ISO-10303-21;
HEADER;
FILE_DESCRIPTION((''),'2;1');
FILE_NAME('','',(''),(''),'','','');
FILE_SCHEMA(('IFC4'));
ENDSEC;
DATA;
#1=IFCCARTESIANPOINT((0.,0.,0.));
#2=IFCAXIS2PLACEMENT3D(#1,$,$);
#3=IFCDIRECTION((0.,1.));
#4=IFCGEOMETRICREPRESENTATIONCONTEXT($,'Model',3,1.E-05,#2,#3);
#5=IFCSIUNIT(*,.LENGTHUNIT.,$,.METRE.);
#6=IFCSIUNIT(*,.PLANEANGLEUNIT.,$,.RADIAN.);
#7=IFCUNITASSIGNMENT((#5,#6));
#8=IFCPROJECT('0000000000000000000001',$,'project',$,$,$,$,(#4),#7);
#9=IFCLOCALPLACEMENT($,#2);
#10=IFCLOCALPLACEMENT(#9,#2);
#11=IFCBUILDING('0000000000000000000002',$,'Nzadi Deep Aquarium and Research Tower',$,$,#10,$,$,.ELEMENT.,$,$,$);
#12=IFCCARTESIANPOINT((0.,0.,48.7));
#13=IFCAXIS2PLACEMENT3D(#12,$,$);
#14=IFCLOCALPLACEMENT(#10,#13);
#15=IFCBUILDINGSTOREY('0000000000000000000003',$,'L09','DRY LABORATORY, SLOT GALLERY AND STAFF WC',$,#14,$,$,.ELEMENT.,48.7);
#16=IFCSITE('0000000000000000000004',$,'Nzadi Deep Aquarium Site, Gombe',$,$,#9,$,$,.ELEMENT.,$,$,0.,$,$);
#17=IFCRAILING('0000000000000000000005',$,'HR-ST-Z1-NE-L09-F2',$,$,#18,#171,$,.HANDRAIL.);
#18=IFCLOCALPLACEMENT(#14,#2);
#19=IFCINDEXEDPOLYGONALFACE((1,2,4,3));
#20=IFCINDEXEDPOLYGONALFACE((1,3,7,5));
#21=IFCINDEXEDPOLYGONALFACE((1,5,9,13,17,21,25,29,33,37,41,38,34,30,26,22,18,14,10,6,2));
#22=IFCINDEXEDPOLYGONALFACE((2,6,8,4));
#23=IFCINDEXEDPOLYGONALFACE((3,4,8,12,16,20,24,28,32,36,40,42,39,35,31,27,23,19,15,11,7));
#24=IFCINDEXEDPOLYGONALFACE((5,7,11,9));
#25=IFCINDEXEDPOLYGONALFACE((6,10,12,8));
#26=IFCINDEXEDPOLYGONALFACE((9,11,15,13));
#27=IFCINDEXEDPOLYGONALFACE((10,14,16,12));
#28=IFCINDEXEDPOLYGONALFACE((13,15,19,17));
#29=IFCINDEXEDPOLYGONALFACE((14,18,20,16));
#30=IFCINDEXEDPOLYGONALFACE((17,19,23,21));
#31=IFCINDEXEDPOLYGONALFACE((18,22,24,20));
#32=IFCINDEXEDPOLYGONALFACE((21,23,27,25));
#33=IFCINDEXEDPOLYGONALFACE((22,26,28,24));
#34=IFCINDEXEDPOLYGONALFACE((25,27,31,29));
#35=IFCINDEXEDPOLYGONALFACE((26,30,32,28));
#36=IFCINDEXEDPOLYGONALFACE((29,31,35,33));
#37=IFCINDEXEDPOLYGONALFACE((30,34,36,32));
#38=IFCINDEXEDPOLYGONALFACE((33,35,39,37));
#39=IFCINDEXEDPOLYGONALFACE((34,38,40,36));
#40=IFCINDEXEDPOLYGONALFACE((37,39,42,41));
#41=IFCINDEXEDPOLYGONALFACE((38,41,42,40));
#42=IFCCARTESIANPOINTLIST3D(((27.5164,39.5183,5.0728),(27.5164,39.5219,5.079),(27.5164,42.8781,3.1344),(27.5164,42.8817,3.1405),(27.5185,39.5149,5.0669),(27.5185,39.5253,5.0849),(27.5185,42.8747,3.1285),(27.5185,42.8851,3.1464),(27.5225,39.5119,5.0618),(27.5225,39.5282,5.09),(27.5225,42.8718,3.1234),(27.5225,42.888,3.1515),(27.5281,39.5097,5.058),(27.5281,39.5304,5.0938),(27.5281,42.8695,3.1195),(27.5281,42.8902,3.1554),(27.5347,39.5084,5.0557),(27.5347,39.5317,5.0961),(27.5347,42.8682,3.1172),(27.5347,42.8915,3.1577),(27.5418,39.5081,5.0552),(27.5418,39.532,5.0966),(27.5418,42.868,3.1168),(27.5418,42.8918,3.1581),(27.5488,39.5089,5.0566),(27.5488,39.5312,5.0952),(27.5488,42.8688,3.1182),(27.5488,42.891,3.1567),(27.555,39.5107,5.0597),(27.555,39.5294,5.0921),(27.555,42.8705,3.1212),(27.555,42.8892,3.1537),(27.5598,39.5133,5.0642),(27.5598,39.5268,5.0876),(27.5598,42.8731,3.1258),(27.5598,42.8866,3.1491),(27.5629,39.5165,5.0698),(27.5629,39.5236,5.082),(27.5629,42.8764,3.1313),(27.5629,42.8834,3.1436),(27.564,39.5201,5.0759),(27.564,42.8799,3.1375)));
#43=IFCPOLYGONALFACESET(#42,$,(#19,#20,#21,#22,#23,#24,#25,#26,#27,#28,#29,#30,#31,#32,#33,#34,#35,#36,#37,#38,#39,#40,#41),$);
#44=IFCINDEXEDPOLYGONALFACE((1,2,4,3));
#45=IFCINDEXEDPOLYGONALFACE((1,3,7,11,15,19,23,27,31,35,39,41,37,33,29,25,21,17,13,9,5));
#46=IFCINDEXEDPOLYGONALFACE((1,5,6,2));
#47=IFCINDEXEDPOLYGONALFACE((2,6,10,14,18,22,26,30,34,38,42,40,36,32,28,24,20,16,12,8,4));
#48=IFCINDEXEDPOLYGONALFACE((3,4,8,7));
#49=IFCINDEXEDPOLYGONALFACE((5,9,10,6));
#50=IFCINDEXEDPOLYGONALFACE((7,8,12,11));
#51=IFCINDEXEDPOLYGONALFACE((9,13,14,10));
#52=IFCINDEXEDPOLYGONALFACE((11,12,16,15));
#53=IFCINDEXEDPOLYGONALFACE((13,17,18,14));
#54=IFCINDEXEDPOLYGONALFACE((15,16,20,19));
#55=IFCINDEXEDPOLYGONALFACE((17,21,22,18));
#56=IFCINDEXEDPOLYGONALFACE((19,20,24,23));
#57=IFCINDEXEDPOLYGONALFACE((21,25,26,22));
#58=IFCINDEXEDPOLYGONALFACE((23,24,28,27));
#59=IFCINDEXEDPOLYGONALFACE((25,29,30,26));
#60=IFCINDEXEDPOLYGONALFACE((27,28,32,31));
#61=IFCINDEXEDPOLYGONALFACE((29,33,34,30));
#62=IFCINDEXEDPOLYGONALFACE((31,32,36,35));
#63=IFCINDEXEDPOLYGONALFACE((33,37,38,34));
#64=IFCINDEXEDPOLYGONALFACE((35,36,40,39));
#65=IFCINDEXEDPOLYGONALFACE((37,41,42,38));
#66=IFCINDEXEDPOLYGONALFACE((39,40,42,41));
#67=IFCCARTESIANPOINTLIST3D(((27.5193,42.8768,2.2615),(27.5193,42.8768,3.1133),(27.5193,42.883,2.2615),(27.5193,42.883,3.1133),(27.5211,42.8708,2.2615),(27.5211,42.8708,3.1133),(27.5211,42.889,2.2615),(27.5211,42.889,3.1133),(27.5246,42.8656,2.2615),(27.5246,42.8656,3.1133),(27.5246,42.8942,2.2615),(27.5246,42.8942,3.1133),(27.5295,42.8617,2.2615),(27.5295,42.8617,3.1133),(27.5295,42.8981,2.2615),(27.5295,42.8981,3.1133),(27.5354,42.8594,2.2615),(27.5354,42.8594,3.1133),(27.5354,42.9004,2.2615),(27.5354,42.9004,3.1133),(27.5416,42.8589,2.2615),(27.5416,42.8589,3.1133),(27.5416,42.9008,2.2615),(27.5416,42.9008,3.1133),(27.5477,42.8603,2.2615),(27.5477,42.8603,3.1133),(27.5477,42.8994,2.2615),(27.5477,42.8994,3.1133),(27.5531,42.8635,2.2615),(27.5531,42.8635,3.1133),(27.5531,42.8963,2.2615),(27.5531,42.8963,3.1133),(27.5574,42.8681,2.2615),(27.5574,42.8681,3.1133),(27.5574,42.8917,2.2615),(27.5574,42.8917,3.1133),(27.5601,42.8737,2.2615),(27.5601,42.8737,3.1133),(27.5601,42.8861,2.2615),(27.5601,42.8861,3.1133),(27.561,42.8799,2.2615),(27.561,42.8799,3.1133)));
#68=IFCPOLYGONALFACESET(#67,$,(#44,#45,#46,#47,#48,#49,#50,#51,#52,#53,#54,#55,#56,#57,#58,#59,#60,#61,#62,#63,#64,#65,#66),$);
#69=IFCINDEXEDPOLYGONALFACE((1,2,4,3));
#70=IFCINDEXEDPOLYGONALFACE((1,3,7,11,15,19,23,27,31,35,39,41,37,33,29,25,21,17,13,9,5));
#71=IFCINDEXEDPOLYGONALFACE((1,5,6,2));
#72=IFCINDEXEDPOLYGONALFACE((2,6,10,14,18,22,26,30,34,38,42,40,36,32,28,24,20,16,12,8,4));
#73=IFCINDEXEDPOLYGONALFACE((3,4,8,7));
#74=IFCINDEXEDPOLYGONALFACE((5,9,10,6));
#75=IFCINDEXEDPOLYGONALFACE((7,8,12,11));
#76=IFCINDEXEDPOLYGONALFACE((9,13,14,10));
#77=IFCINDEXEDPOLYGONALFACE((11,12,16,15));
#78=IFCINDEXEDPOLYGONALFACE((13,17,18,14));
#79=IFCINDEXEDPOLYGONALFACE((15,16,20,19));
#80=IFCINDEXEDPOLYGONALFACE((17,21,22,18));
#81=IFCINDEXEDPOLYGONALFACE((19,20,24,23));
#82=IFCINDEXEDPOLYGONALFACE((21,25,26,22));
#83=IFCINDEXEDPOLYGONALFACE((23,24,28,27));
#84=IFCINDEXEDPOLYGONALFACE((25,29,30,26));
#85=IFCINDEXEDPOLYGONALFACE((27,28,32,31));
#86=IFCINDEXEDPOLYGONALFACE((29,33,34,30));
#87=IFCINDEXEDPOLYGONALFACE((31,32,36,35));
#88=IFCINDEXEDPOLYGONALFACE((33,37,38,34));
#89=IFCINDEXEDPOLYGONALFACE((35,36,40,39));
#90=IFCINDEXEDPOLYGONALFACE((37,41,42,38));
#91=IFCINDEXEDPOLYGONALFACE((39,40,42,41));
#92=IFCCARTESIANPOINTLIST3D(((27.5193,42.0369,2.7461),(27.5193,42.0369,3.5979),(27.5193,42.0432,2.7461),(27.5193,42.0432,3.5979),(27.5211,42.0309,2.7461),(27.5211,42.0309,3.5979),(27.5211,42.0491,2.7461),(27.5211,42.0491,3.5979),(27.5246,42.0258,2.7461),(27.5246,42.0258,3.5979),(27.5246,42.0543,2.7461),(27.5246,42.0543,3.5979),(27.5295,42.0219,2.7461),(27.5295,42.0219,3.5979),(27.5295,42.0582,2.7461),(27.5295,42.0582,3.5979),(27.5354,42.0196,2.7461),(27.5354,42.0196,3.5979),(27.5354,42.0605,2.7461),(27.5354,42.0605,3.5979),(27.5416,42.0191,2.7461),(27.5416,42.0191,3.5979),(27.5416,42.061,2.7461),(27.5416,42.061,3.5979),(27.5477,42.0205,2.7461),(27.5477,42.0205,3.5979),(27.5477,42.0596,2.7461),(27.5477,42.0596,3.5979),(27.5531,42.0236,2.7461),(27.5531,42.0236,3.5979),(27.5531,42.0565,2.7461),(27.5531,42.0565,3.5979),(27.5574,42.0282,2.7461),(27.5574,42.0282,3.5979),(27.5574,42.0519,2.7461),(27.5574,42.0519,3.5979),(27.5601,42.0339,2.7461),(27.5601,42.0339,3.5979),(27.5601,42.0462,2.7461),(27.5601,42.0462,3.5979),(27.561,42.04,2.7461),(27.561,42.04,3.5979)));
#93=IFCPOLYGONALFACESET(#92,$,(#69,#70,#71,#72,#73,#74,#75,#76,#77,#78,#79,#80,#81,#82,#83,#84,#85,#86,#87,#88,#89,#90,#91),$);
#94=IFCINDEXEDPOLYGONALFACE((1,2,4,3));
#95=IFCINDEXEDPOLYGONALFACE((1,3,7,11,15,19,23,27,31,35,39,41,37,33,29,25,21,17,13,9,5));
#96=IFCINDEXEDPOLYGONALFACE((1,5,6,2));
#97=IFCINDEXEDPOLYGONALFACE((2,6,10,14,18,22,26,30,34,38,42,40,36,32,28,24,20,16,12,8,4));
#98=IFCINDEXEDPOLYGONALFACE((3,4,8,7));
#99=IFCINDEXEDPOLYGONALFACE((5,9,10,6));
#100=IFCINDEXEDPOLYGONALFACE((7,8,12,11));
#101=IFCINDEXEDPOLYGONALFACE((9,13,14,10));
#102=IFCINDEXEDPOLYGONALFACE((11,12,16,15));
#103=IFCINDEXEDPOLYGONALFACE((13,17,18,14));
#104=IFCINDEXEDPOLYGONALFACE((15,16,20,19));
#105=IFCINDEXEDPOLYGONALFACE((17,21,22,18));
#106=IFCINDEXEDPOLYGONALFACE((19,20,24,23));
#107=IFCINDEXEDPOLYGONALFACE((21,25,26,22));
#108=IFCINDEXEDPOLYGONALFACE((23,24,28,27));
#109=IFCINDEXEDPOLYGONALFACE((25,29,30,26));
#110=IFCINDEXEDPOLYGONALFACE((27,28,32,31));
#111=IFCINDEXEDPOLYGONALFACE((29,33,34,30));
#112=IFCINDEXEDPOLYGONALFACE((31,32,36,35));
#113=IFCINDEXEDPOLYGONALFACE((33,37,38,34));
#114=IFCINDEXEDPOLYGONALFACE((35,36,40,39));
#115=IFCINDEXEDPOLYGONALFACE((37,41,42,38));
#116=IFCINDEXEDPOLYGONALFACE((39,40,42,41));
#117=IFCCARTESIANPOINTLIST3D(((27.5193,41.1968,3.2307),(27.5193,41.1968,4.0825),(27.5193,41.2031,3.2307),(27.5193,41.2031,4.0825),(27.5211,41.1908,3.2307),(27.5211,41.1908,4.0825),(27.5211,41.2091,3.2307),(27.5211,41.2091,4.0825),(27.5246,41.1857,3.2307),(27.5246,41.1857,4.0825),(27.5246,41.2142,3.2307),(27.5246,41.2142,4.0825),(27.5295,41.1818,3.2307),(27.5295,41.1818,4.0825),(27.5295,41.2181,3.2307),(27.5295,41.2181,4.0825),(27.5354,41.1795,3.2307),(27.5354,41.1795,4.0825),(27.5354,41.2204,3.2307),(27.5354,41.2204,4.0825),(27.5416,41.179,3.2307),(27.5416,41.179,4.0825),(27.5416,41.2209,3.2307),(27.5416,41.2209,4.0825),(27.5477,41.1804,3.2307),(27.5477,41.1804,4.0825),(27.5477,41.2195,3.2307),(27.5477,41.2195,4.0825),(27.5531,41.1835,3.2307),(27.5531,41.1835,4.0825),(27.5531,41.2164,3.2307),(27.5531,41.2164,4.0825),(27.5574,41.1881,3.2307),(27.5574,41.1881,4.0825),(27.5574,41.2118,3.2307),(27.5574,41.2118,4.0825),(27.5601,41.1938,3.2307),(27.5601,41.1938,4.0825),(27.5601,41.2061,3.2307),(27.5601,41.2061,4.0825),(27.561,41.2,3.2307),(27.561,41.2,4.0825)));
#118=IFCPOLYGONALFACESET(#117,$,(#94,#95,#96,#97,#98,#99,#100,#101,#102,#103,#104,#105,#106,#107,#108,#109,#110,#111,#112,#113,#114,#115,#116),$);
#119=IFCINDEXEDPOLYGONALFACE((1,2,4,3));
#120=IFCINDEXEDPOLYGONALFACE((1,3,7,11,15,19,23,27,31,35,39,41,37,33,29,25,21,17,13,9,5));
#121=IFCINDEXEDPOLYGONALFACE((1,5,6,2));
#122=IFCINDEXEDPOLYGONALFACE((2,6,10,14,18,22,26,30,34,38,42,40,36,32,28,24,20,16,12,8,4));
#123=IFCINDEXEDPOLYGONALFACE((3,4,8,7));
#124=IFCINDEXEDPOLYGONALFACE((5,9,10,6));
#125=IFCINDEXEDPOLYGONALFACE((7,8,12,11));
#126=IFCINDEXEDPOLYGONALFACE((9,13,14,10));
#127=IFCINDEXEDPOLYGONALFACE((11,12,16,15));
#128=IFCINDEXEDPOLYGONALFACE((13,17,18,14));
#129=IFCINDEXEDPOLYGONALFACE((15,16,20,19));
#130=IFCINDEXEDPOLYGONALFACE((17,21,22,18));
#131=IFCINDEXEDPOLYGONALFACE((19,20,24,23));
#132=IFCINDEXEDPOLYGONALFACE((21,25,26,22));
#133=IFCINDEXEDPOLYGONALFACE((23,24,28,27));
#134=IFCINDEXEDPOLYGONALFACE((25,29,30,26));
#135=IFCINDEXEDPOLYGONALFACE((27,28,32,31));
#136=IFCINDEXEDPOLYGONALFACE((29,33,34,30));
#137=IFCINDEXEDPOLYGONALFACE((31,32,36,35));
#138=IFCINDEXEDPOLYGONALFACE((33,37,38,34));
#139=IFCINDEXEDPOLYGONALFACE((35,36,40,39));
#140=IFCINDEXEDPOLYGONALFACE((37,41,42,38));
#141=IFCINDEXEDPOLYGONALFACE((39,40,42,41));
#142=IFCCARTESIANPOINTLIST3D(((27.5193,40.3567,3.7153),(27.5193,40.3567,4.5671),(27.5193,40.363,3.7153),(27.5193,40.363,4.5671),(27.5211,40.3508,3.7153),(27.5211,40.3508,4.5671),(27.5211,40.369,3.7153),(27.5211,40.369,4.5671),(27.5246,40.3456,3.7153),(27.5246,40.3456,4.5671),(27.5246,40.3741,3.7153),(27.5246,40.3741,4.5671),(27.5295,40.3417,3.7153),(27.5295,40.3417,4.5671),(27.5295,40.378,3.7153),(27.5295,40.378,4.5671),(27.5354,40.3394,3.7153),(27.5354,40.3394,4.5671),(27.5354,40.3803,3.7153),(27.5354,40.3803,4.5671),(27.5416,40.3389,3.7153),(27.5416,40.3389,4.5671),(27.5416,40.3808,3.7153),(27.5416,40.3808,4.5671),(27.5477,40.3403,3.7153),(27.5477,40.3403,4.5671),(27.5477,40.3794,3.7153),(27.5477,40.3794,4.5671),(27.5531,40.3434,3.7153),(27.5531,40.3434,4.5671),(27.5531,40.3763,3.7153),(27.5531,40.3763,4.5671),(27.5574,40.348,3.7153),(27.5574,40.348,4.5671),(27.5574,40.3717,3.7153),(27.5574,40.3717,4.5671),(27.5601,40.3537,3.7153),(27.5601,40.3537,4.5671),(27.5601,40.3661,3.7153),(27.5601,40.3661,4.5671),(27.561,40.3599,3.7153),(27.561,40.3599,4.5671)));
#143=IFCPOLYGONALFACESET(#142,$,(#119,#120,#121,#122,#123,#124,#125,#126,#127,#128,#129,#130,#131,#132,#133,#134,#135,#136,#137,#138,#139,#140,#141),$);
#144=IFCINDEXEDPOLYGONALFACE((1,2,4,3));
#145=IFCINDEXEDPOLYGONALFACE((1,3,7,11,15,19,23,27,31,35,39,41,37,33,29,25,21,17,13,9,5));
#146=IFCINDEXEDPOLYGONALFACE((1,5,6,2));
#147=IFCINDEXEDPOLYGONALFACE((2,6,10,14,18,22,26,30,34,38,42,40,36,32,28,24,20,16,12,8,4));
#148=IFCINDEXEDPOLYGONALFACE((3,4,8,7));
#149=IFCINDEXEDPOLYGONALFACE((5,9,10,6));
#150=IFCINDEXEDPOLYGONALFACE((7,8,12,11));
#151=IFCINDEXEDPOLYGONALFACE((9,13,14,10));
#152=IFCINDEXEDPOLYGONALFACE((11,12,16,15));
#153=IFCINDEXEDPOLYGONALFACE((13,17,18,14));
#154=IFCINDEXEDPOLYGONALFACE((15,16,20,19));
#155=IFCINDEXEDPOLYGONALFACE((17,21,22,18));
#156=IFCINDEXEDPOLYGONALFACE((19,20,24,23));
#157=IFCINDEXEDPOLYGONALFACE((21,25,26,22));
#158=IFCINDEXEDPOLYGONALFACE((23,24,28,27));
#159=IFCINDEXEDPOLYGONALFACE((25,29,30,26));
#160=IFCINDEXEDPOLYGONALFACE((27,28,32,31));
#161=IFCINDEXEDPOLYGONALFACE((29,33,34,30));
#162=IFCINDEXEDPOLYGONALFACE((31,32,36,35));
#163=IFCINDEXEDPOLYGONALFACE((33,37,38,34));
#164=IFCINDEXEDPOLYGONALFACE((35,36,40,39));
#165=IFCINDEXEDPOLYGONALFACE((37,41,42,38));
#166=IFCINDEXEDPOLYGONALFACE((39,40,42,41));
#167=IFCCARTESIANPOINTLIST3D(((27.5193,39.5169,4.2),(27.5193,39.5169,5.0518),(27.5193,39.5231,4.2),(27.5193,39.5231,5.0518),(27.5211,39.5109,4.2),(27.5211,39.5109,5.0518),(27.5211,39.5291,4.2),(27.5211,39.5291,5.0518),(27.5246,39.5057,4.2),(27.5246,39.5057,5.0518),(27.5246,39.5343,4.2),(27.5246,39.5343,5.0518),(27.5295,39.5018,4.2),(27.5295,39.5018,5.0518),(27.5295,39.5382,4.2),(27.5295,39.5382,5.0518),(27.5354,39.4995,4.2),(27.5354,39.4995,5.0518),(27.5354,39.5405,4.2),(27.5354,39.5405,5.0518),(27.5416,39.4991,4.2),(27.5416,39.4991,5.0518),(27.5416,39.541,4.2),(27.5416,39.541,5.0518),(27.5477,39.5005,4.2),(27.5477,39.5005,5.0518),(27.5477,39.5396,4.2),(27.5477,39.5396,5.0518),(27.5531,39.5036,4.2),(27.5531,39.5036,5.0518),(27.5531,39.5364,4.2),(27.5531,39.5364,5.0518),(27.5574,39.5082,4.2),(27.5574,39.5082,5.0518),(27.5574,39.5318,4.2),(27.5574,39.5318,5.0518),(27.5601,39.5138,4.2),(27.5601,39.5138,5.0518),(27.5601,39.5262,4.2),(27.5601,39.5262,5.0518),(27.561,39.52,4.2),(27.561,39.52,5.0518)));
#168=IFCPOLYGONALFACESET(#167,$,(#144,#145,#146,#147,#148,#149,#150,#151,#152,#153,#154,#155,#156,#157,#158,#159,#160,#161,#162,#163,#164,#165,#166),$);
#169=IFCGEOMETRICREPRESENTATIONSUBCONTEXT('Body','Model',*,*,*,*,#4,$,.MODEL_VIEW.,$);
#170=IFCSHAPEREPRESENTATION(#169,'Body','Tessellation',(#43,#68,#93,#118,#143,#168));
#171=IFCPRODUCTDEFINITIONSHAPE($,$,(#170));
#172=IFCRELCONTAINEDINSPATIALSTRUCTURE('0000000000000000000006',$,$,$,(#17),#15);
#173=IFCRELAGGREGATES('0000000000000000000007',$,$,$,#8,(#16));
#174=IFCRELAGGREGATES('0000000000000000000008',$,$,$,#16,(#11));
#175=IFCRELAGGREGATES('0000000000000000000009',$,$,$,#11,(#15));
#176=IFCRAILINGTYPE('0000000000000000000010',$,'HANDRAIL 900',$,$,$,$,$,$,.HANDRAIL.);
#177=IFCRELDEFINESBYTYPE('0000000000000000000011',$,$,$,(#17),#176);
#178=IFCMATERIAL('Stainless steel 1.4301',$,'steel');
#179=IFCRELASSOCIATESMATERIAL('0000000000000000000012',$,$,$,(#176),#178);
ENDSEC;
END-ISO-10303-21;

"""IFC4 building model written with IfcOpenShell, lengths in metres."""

from ifc_helpers import new_model, si_unit, direction, frame, origin, origin_2d, place, context, subcontext, project, spatial, circle, extrude, material, type_object, element, save


model = new_model("IFC4")

# Units and contexts
model_context = context("Model", 3, precision=1e-05, world=origin(), true_north=direction((0.0, 1.0)))
body_context = subcontext(model_context, "Body", "Model", "MODEL_VIEW")
ifc_project = project(units=[si_unit("LENGTHUNIT", "METRE"), si_unit("PLANEANGLEUNIT", "RADIAN")], contexts=[model_context])

# Site, building, storey
site_placement = place(None, origin())
site = spatial("IfcSite", under=ifc_project, at=site_placement, Name="Nzadi Deep Aquarium Site, Gombe", CompositionType="ELEMENT", RefElevation=0.0)
building_placement = place(site_placement, origin())
building = spatial("IfcBuilding", under=site, at=building_placement, Name="Nzadi Deep Aquarium and Research Tower", CompositionType="ELEMENT")
storey_placement = place(building_placement, frame((0.0, 0.0, 48.7)))
storey = spatial("IfcBuildingStorey", under=building, at=storey_placement, Name="L09", Description="DRY LABORATORY, SLOT GALLERY AND STAFF WC", CompositionType="ELEMENT", Elevation=48.7)

# Railing
ifc_material_1 = material(Name="Stainless steel 1.4301", Category="steel")
railing_type = type_object("IfcRailingType", Name="HANDRAIL 900", PredefinedType="HANDRAIL", material=ifc_material_1)
for number, where, name in (
    (1, (27.54, 42.8799, 2.2615), "HR-ST-Z1-NE-L09-F2"),
):
    element("IfcRailing", number, at=place(storey_placement, frame(where)), inside=storey, type_object=railing_type, Name=name, PredefinedType="HANDRAIL", context=body_context, shape_type="SweptSolid", body=[
        extrude(circle(Radius=0.0239, at=origin_2d()), frame((0.0, 0.0, 0.876), z_axis=(0.0, -0.866175, 0.499741), x_axis=(1.0, 0.0, 0.0)), (0.0, 0.0, 1.0), 3.8789),
        extrude(circle(Radius=0.021, at=origin_2d()), origin(), (0.0, 0.0, 1.0), 0.8518),
        extrude(circle(Radius=0.021, at=origin_2d()), frame((0.0, -0.8398, 0.4846)), (0.0, 0.0, 1.0), 0.8518),
        extrude(circle(Radius=0.021, at=origin_2d()), frame((0.0, -1.6799, 0.9692)), (0.0, 0.0, 1.0), 0.8518),
        extrude(circle(Radius=0.021, at=origin_2d()), frame((0.0, -2.52, 1.4539)), (0.0, 0.0, 1.0), 0.8518),
        extrude(circle(Radius=0.021, at=origin_2d()), frame((0.0, -3.3599, 1.9385)), (0.0, 0.0, 1.0), 0.8518),
    ])

save(model, "model.ifc")
